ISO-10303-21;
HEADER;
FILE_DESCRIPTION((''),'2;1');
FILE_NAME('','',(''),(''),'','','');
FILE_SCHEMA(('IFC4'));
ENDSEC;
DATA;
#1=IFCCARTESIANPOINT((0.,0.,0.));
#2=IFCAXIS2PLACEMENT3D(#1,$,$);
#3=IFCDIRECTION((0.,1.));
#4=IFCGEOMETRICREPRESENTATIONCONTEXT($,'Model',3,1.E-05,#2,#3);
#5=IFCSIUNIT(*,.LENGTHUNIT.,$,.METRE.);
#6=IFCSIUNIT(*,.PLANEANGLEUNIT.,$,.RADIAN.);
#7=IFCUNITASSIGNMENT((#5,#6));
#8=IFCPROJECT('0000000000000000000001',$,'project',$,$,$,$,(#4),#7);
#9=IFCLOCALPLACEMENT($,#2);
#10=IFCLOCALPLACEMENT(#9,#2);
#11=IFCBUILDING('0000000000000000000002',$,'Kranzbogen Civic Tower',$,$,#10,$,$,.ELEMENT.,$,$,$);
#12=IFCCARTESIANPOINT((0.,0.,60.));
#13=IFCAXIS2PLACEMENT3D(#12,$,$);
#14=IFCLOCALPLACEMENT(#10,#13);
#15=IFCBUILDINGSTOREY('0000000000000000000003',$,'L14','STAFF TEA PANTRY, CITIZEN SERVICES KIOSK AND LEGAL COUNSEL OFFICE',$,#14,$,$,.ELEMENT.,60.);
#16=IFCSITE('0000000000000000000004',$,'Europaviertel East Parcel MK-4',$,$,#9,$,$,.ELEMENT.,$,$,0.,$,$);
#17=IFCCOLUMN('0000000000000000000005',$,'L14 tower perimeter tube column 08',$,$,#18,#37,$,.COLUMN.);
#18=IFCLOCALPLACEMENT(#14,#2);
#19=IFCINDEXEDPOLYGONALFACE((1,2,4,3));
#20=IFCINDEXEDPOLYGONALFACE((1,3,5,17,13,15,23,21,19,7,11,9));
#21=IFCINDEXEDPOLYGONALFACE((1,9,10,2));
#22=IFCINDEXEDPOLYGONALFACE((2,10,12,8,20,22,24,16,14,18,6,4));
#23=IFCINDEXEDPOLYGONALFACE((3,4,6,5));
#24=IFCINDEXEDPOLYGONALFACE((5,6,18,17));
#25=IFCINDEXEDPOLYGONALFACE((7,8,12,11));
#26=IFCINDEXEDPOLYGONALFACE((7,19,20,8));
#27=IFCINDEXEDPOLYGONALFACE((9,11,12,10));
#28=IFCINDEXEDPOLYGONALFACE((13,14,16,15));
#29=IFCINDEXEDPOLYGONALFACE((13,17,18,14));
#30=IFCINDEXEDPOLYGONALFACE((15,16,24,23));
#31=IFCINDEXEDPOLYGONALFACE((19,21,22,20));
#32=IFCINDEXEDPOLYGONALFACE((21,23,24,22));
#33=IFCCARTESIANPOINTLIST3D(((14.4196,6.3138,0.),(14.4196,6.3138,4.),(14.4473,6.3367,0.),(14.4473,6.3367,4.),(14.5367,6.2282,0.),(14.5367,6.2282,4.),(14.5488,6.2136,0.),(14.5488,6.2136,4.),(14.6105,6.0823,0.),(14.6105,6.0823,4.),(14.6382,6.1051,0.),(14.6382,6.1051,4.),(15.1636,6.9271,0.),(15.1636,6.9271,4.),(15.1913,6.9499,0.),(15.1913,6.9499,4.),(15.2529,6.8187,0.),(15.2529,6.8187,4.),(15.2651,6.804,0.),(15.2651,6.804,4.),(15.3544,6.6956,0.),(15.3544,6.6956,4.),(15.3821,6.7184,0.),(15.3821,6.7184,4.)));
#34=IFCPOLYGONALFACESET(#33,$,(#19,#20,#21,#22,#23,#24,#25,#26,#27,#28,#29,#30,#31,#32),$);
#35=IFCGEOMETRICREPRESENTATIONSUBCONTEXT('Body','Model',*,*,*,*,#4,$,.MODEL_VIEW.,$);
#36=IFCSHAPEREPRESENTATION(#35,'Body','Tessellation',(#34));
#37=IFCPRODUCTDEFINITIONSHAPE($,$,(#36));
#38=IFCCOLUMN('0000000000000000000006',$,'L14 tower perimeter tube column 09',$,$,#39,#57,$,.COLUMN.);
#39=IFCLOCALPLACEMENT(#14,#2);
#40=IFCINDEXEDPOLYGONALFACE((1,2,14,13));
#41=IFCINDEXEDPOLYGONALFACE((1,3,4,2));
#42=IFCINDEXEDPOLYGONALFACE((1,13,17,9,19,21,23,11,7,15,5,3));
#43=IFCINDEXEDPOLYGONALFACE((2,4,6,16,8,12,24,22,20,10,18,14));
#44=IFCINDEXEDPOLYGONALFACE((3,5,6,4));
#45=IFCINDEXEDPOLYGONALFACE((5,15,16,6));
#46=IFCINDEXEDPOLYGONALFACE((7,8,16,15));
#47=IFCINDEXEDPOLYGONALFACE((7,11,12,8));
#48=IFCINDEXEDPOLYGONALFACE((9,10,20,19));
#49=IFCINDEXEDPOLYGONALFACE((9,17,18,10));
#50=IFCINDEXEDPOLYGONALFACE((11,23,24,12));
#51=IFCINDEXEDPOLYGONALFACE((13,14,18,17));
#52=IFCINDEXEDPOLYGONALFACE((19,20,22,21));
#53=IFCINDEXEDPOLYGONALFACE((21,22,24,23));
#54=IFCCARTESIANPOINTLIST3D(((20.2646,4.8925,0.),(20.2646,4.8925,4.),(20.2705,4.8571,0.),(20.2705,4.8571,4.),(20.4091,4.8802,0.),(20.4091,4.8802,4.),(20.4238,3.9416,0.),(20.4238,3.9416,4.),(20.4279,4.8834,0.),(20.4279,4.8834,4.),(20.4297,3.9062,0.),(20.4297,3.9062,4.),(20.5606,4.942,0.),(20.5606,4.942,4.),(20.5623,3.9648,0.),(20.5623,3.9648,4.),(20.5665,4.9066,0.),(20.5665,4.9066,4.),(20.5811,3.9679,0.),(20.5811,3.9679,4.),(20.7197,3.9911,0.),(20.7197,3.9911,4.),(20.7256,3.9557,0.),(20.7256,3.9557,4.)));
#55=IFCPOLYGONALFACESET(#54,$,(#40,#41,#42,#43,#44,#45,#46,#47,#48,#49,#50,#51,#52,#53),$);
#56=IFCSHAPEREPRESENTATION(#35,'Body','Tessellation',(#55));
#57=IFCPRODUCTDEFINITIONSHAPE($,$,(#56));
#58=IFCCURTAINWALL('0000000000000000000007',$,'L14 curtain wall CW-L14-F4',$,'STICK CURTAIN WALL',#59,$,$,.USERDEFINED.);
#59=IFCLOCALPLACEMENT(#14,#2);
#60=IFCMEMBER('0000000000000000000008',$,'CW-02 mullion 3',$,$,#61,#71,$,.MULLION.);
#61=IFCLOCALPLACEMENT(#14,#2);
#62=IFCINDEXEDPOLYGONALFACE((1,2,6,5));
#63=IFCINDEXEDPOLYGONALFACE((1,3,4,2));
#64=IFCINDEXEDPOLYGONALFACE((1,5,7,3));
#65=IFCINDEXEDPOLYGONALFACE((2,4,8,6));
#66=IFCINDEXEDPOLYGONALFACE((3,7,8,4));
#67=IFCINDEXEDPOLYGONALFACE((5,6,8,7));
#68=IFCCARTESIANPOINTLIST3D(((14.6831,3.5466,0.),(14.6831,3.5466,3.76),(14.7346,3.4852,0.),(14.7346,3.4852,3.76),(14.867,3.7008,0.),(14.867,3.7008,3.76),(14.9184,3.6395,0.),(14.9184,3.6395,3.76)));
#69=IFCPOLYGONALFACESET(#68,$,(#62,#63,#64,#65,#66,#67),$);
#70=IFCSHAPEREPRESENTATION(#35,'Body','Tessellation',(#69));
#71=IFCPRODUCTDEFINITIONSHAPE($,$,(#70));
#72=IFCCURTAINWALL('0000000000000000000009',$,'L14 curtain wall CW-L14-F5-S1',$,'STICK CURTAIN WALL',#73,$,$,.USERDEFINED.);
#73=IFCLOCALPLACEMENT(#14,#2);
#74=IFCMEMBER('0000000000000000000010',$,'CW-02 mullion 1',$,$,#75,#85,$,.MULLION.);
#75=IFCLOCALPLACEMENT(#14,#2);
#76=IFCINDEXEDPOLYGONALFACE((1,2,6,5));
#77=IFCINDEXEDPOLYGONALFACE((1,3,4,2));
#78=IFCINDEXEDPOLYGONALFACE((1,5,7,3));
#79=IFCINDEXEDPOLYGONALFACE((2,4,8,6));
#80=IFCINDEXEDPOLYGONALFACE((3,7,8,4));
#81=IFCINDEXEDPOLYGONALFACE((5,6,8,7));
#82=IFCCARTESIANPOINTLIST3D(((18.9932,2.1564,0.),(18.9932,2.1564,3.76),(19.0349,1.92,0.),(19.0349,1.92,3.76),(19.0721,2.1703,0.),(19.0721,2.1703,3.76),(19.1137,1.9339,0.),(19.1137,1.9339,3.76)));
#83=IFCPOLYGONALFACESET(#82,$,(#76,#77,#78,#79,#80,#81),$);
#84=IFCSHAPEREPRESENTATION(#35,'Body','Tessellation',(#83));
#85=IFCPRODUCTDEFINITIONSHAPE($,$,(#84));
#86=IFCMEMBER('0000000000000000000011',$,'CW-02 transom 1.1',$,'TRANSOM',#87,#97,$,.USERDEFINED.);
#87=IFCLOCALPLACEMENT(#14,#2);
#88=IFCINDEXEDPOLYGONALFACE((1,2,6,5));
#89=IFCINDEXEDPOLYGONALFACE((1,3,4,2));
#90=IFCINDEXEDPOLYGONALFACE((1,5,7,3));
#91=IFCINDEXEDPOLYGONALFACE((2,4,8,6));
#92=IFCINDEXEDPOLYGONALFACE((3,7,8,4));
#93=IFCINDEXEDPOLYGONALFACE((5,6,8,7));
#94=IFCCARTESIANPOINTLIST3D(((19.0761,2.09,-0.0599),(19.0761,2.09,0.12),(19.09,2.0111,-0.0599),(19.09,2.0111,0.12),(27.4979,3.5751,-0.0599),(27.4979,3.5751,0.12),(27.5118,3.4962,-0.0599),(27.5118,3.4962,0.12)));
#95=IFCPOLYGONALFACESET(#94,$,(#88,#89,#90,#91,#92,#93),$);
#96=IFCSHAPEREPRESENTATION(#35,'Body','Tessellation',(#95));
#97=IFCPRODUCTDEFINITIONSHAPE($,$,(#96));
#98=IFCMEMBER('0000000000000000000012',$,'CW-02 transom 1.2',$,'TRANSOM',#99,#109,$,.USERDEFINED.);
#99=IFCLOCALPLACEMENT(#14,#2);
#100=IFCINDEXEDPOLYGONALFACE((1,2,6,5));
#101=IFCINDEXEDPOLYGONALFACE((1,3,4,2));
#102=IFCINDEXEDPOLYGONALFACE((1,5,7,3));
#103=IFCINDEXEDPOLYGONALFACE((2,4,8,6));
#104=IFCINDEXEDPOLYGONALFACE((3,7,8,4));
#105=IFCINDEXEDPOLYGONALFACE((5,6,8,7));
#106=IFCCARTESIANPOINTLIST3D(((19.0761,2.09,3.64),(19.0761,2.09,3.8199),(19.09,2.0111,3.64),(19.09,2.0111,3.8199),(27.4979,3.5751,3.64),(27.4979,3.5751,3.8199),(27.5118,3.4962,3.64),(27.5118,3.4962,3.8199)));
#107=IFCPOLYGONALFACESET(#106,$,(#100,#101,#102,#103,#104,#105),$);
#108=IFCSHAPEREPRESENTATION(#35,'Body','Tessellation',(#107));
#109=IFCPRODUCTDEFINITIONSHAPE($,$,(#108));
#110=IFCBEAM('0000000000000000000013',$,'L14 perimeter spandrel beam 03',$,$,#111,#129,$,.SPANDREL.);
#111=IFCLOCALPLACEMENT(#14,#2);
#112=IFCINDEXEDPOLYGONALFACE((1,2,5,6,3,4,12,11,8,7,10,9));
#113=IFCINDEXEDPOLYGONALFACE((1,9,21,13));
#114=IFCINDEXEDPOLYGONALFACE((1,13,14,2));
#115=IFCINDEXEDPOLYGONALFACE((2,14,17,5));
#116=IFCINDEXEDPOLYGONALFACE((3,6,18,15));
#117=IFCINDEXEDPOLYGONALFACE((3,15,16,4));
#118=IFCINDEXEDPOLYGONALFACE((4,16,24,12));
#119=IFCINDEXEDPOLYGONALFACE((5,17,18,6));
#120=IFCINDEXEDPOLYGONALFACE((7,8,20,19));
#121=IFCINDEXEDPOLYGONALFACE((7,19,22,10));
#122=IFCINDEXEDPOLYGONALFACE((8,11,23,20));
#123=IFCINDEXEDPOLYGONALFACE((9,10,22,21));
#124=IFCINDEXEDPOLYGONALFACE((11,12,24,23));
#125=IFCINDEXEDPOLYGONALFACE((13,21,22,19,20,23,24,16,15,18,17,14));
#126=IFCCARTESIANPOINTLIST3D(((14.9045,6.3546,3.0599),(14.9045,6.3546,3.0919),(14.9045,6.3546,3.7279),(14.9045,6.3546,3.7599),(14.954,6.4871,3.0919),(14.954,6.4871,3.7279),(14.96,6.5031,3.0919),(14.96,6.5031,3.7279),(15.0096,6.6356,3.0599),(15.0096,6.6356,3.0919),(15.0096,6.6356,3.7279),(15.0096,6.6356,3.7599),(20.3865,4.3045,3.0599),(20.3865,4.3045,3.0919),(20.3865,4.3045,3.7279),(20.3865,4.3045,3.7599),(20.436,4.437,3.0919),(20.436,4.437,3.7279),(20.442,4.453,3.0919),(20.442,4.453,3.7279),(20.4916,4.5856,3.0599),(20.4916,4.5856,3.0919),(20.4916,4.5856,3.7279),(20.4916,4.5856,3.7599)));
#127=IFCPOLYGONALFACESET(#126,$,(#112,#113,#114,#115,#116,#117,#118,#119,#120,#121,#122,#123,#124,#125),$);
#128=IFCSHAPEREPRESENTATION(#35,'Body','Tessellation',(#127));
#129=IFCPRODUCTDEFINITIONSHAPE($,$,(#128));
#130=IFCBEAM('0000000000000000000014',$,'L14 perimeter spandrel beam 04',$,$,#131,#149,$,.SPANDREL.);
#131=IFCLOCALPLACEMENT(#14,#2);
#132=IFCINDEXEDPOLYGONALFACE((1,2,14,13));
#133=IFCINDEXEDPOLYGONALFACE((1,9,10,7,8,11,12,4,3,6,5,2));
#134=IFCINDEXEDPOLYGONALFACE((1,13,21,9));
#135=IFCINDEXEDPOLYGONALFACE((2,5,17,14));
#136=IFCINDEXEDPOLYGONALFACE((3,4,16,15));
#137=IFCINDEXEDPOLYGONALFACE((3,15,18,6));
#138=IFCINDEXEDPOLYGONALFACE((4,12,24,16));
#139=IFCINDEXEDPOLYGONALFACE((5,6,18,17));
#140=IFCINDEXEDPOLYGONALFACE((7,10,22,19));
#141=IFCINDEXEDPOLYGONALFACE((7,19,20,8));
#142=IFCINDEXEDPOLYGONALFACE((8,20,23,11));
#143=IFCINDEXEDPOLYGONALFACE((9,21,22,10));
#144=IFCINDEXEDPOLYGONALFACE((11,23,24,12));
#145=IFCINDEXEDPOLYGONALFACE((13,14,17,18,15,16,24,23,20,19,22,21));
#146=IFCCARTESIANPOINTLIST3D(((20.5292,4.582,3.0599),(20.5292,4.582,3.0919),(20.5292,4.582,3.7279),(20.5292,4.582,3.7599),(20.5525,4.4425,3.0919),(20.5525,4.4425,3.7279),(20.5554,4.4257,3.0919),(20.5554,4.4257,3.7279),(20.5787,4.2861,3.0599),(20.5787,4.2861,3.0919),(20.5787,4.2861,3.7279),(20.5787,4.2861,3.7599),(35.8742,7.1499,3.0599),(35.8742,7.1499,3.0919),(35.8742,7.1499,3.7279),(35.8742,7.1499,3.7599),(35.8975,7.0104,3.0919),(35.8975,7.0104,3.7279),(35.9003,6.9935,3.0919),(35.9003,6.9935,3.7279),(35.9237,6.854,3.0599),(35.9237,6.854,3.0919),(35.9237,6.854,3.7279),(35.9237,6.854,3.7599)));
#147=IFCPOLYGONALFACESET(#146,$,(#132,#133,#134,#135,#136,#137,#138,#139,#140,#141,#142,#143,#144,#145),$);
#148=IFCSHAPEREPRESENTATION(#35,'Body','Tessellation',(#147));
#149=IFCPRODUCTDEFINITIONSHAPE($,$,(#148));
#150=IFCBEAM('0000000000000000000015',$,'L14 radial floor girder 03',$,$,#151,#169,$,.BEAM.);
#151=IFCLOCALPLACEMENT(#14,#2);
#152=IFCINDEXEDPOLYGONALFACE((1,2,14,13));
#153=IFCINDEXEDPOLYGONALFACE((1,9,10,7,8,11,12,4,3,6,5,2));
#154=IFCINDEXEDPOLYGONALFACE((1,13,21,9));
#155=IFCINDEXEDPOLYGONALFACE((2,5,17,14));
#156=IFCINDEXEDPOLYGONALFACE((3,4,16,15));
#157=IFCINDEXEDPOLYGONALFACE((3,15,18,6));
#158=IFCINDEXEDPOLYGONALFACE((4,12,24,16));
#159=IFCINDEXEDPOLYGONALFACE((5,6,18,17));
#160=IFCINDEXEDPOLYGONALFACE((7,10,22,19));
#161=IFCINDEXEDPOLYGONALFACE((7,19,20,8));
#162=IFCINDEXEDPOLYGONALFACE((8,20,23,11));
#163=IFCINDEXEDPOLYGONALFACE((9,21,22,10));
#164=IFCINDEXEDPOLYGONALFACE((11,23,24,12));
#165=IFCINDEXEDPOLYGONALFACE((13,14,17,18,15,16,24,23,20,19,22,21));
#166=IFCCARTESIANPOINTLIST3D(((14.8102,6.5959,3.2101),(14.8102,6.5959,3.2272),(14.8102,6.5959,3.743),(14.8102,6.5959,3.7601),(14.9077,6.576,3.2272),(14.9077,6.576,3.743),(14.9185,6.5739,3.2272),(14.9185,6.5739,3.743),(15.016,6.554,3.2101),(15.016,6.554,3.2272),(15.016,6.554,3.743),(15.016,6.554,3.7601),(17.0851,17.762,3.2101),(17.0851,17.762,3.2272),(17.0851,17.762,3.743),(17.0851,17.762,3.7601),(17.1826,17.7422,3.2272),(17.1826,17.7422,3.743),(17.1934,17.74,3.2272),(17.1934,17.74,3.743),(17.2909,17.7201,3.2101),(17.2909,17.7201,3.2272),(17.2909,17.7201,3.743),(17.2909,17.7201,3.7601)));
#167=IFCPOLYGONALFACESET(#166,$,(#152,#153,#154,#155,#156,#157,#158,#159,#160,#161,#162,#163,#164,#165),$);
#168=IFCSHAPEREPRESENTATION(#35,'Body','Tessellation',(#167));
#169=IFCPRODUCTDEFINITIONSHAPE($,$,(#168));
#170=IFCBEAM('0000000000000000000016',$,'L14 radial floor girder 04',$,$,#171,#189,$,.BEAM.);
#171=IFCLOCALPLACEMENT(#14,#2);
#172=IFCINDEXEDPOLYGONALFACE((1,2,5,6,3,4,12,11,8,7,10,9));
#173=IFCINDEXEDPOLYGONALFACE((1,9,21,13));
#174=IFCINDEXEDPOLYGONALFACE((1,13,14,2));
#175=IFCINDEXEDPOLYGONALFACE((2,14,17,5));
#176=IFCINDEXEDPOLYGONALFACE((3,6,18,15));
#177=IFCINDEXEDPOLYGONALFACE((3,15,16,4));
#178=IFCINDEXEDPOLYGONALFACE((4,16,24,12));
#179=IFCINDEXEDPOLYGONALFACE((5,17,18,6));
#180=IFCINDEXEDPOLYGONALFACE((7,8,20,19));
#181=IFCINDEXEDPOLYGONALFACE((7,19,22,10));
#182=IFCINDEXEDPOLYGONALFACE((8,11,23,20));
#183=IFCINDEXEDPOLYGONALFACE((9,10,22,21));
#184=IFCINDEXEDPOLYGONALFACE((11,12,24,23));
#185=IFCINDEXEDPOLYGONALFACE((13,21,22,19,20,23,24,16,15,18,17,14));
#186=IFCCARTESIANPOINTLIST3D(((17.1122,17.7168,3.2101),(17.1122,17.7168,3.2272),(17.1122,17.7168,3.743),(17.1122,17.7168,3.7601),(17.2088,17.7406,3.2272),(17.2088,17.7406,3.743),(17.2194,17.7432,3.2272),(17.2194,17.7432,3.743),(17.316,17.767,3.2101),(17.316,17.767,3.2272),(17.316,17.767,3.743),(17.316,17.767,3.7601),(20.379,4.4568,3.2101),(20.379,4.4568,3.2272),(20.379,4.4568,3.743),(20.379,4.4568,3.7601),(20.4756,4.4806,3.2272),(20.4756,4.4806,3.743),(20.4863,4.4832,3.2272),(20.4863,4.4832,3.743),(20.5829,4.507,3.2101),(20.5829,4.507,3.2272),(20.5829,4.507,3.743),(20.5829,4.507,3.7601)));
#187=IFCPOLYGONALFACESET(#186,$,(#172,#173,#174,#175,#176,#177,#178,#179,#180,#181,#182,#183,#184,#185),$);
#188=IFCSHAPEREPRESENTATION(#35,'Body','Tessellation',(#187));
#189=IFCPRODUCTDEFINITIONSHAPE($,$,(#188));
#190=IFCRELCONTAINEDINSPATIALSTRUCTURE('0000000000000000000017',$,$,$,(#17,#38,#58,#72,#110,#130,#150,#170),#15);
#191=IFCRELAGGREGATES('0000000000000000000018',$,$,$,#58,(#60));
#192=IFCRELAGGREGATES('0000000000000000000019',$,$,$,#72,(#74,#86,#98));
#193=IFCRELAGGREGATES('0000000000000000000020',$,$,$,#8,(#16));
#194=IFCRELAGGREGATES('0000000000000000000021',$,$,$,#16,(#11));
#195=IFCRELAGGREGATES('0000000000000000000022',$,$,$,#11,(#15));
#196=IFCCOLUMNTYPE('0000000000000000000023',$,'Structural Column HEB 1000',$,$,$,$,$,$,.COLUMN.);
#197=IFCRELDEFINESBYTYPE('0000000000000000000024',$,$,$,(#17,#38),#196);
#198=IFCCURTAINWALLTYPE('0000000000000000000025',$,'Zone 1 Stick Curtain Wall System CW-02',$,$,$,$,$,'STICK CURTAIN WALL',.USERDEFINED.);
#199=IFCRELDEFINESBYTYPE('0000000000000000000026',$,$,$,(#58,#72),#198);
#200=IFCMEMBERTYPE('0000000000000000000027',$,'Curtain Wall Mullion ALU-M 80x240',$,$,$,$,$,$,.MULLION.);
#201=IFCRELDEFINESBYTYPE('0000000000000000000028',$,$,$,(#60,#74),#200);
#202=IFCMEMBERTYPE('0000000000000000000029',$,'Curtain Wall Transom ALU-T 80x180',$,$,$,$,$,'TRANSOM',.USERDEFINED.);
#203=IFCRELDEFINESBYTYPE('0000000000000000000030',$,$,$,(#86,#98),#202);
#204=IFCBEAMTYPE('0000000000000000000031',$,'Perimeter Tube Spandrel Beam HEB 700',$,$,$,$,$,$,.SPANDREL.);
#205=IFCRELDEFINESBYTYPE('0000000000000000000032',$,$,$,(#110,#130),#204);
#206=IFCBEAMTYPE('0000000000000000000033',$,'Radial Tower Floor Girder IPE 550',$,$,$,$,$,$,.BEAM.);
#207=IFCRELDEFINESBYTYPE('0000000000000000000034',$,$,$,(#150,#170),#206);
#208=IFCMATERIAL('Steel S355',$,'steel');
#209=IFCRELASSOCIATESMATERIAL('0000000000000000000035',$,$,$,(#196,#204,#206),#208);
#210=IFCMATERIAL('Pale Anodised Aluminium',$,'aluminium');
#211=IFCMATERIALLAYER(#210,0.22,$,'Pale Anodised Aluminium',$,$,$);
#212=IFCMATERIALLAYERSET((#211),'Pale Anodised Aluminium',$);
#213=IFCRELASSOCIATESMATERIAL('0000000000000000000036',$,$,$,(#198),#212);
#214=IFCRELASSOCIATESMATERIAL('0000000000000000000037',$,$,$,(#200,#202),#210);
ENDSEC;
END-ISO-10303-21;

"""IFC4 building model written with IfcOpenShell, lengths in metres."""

from ifc_helpers import new_model, si_unit, direction, frame, origin, origin_2d, place, context, subcontext, project, spatial, rectangle, i_section, extrude, material, layer, layer_set, material_profile, profile_set, type_object, element, aggregate, save


model = new_model("IFC4")

# Units and contexts
model_context = context("Model", 3, precision=1e-05, world=origin(), true_north=direction((0.0, 1.0)))
body_context = subcontext(model_context, "Body", "Model", "MODEL_VIEW")
ifc_project = project(units=[si_unit("LENGTHUNIT", "METRE"), si_unit("PLANEANGLEUNIT", "RADIAN")], contexts=[model_context])

# Site, building, storey
site_placement = place(None, origin())
site = spatial("IfcSite", under=ifc_project, at=site_placement, Name="Europaviertel East Parcel MK-4", CompositionType="ELEMENT", RefElevation=0.0)
building_placement = place(site_placement, origin())
building = spatial("IfcBuilding", under=site, at=building_placement, Name="Kranzbogen Civic Tower", CompositionType="ELEMENT")
storey_placement = place(building_placement, frame((0.0, 0.0, 60.0)))
storey = spatial("IfcBuildingStorey", under=building, at=storey_placement, Name="L14", Description="STAFF TEA PANTRY, CITIZEN SERVICES KIOSK AND LEGAL COUNSEL OFFICE", CompositionType="ELEMENT", Elevation=60.0)

# Columns
ifc_material_1 = material(Name="Steel S355", Category="steel")
ifc_material_profile_1 = material_profile(ifc_material_1, i_section(OverallWidth=0.3, OverallDepth=1.0, WebThickness=0.019, FlangeThickness=0.0359, at=origin_2d()), Name="HEB 1000")
ifc_profile_set_1 = profile_set([ifc_material_profile_1], Name="Steel S355")
column_type = type_object("IfcColumnType", Name="Structural Column HEB 1000", PredefinedType="COLUMN", material=ifc_profile_set_1)
for number, where, z_axis, x_axis, name in (
    (1, (14.9009, 6.5161, 0.0), (0.0, 0.0, 1.0), (-0.636078, 0.771625, 0.0), "L14 tower perimeter tube column 08"),
    (2, (20.4951, 4.4241, 0.0), (0.0, 0.0, 1.0), (0.986286, 0.165048, 0.0), "L14 tower perimeter tube column 09"),
):
    element("IfcColumn", number, at=place(storey_placement, frame(where, z_axis=z_axis, x_axis=x_axis)), inside=storey, type_object=column_type, Name=name, PredefinedType="COLUMN", context=body_context, shape_type="SweptSolid", body=[
        extrude(i_section(OverallWidth=0.3, OverallDepth=1.0, WebThickness=0.019, FlangeThickness=0.0359, at=origin_2d()), origin(), (0.0, 0.0, 1.0), 4.0),
    ])

# Curtain wall, member
ifc_material_2 = material(Name="Pale Anodised Aluminium", Category="aluminium")
ifc_layer_1 = layer(ifc_material_2, 0.22, Name="Pale Anodised Aluminium")
ifc_layer_set_1 = layer_set([ifc_layer_1], Name="Pale Anodised Aluminium")
curtain_wall_type = type_object("IfcCurtainWallType", Name="Zone 1 Stick Curtain Wall System CW-02", ElementType="STICK CURTAIN WALL", PredefinedType="USERDEFINED", material=ifc_layer_set_1)
curtain_wall_1_placement = place(storey_placement, origin())
curtain_wall_1 = element("IfcCurtainWall", 3, at=curtain_wall_1_placement, inside=storey, type_object=curtain_wall_type, Name="L14 curtain wall CW-L14-F4", ObjectType="STICK CURTAIN WALL", PredefinedType="USERDEFINED")
ifc_material_profile_2 = material_profile(ifc_material_2, rectangle(XDim=0.0801, YDim=0.24, at=origin_2d()), Name="ALU-M 80x240")
ifc_profile_set_2 = profile_set([ifc_material_profile_2], Name="Pale Anodised Aluminium")
member_type_1 = type_object("IfcMemberType", Name="Curtain Wall Mullion ALU-M 80x240", PredefinedType="MULLION", material=ifc_profile_set_2)
member_1_placement = place(storey_placement, frame((14.8008, 3.593, 0.0), z_axis=(0.0, 0.0, 1.0), x_axis=(0.642751, -0.766075, 0.0)))
member_1 = element("IfcMember", 4, at=member_1_placement, type_object=member_type_1, Name="CW-02 mullion 3", PredefinedType="MULLION", context=body_context, shape_type="SweptSolid", body=[
    extrude(rectangle(XDim=0.0801, YDim=0.24, at=origin_2d()), origin(), (0.0, 0.0, 1.0), 3.76),
])
aggregate(curtain_wall_1, [member_1])

# Curtain wall, members
curtain_wall_2_placement = place(storey_placement, origin())
curtain_wall_2 = element("IfcCurtainWall", 5, at=curtain_wall_2_placement, inside=storey, type_object=curtain_wall_type, Name="L14 curtain wall CW-L14-F5-S1", ObjectType="STICK CURTAIN WALL", PredefinedType="USERDEFINED")
member_2_placement = place(storey_placement, frame((19.0535, 2.0452, 0.0), z_axis=(0.0, 0.0, 1.0), x_axis=(0.984804, 0.173667, 0.0)))
member_2 = element("IfcMember", 6, at=member_2_placement, type_object=member_type_1, Name="CW-02 mullion 1", PredefinedType="MULLION", context=body_context, shape_type="SweptSolid", body=[
    extrude(rectangle(XDim=0.0801, YDim=0.24, at=origin_2d()), origin(), (0.0, 0.0, 1.0), 3.76),
])
ifc_material_profile_3 = material_profile(ifc_material_2, rectangle(XDim=0.0801, YDim=0.1799, at=origin_2d()), Name="ALU-T 80x180")
ifc_profile_set_3 = profile_set([ifc_material_profile_3], Name="Pale Anodised Aluminium")
member_type_2 = type_object("IfcMemberType", Name="Curtain Wall Transom ALU-T 80x180", ElementType="TRANSOM", PredefinedType="USERDEFINED", material=ifc_profile_set_3)
member_3_placement = place(storey_placement, frame((19.083, 2.0505, 0.03), z_axis=(0.984806, 0.17366, 0.0), x_axis=(-0.17366, 0.984806, 0.0)))
member_3 = element("IfcMember", 7, at=member_3_placement, type_object=member_type_2, Name="CW-02 transom 1.1", ObjectType="TRANSOM", PredefinedType="USERDEFINED", context=body_context, shape_type="SweptSolid", body=[
    extrude(rectangle(XDim=0.0801, YDim=0.1799, at=origin_2d()), origin(), (0.0, 0.0, 1.0), 8.5518),
])
member_4_placement = place(storey_placement, frame((19.083, 2.0505, 3.73), z_axis=(0.984806, 0.17366, 0.0), x_axis=(-0.17366, 0.984806, 0.0)))
member_4 = element("IfcMember", 8, at=member_4_placement, type_object=member_type_2, Name="CW-02 transom 1.2", ObjectType="TRANSOM", PredefinedType="USERDEFINED", context=body_context, shape_type="SweptSolid", body=[
    extrude(rectangle(XDim=0.0801, YDim=0.1799, at=origin_2d()), origin(), (0.0, 0.0, 1.0), 8.5518),
])
aggregate(curtain_wall_2, [member_2, member_3, member_4])

# Beams
ifc_material_profile_4 = material_profile(ifc_material_1, i_section(OverallWidth=0.3, OverallDepth=0.7, WebThickness=0.0171, FlangeThickness=0.032, at=origin_2d()), Name="HEB 700")
ifc_profile_set_4 = profile_set([ifc_material_profile_4], Name="Steel S355")
beam_type_1 = type_object("IfcBeamType", Name="Perimeter Tube Spandrel Beam HEB 700", PredefinedType="SPANDREL", material=ifc_profile_set_4)
beam_1_placement = place(storey_placement, frame((14.957, 6.4951, 3.4099), z_axis=(0.936648, -0.350273, 0.0), x_axis=(0.350273, 0.936648, 0.0)))
element("IfcBeam", 9, at=beam_1_placement, inside=storey, type_object=beam_type_1, Name="L14 perimeter spandrel beam 03", PredefinedType="SPANDREL", context=body_context, shape_type="SweptSolid", body=[
    extrude(i_section(OverallWidth=0.3, OverallDepth=0.7, WebThickness=0.0171, FlangeThickness=0.032, at=origin_2d()), origin(), (0.0, 0.0, 1.0), 5.8528),
])
beam_2_placement = place(storey_placement, frame((20.554, 4.4341, 3.4099), z_axis=(0.986286, 0.165048, 0.0), x_axis=(-0.165048, 0.986286, 0.0)))
element("IfcBeam", 10, at=beam_2_placement, inside=storey, type_object=beam_type_1, Name="L14 perimeter spandrel beam 04", PredefinedType="SPANDREL", context=body_context, shape_type="SweptSolid", body=[
    extrude(i_section(OverallWidth=0.3, OverallDepth=0.7, WebThickness=0.0171, FlangeThickness=0.032, at=origin_2d()), origin(), (0.0, 0.0, 1.0), 15.5583),
])
ifc_material_profile_5 = material_profile(ifc_material_1, i_section(OverallWidth=0.21, OverallDepth=0.55, WebThickness=0.011, FlangeThickness=0.0171, at=origin_2d()), Name="IPE 550")
ifc_profile_set_5 = profile_set([ifc_material_profile_5], Name="Steel S355")
beam_type_2 = type_object("IfcBeamType", Name="Radial Tower Floor Girder IPE 550", PredefinedType="BEAM", material=ifc_profile_set_5)
beam_3_placement = place(storey_placement, frame((14.9131, 6.575, 3.4851), z_axis=(0.199633, 0.979871, 0.0), x_axis=(-0.979871, 0.199633, 0.0)))
element("IfcBeam", 11, at=beam_3_placement, inside=storey, type_object=beam_type_2, Name="L14 radial floor girder 03", PredefinedType="BEAM", context=body_context, shape_type="SweptSolid", body=[
    extrude(i_section(OverallWidth=0.21, OverallDepth=0.55, WebThickness=0.011, FlangeThickness=0.0171, at=origin_2d()), origin(), (0.0, 0.0, 1.0), 11.3955),
])
beam_4_placement = place(storey_placement, frame((20.481, 4.4819, 3.4851), z_axis=(-0.239215, 0.970967, 0.0), x_axis=(-0.970967, -0.239215, 0.0)))
element("IfcBeam", 12, at=beam_4_placement, inside=storey, type_object=beam_type_2, Name="L14 radial floor girder 04", PredefinedType="BEAM", context=body_context, shape_type="SweptSolid", body=[
    extrude(i_section(OverallWidth=0.21, OverallDepth=0.55, WebThickness=0.011, FlangeThickness=0.0171, at=origin_2d()), origin(), (0.0, 0.0, 1.0), 13.6565),
])

save(model, "model.ifc")
